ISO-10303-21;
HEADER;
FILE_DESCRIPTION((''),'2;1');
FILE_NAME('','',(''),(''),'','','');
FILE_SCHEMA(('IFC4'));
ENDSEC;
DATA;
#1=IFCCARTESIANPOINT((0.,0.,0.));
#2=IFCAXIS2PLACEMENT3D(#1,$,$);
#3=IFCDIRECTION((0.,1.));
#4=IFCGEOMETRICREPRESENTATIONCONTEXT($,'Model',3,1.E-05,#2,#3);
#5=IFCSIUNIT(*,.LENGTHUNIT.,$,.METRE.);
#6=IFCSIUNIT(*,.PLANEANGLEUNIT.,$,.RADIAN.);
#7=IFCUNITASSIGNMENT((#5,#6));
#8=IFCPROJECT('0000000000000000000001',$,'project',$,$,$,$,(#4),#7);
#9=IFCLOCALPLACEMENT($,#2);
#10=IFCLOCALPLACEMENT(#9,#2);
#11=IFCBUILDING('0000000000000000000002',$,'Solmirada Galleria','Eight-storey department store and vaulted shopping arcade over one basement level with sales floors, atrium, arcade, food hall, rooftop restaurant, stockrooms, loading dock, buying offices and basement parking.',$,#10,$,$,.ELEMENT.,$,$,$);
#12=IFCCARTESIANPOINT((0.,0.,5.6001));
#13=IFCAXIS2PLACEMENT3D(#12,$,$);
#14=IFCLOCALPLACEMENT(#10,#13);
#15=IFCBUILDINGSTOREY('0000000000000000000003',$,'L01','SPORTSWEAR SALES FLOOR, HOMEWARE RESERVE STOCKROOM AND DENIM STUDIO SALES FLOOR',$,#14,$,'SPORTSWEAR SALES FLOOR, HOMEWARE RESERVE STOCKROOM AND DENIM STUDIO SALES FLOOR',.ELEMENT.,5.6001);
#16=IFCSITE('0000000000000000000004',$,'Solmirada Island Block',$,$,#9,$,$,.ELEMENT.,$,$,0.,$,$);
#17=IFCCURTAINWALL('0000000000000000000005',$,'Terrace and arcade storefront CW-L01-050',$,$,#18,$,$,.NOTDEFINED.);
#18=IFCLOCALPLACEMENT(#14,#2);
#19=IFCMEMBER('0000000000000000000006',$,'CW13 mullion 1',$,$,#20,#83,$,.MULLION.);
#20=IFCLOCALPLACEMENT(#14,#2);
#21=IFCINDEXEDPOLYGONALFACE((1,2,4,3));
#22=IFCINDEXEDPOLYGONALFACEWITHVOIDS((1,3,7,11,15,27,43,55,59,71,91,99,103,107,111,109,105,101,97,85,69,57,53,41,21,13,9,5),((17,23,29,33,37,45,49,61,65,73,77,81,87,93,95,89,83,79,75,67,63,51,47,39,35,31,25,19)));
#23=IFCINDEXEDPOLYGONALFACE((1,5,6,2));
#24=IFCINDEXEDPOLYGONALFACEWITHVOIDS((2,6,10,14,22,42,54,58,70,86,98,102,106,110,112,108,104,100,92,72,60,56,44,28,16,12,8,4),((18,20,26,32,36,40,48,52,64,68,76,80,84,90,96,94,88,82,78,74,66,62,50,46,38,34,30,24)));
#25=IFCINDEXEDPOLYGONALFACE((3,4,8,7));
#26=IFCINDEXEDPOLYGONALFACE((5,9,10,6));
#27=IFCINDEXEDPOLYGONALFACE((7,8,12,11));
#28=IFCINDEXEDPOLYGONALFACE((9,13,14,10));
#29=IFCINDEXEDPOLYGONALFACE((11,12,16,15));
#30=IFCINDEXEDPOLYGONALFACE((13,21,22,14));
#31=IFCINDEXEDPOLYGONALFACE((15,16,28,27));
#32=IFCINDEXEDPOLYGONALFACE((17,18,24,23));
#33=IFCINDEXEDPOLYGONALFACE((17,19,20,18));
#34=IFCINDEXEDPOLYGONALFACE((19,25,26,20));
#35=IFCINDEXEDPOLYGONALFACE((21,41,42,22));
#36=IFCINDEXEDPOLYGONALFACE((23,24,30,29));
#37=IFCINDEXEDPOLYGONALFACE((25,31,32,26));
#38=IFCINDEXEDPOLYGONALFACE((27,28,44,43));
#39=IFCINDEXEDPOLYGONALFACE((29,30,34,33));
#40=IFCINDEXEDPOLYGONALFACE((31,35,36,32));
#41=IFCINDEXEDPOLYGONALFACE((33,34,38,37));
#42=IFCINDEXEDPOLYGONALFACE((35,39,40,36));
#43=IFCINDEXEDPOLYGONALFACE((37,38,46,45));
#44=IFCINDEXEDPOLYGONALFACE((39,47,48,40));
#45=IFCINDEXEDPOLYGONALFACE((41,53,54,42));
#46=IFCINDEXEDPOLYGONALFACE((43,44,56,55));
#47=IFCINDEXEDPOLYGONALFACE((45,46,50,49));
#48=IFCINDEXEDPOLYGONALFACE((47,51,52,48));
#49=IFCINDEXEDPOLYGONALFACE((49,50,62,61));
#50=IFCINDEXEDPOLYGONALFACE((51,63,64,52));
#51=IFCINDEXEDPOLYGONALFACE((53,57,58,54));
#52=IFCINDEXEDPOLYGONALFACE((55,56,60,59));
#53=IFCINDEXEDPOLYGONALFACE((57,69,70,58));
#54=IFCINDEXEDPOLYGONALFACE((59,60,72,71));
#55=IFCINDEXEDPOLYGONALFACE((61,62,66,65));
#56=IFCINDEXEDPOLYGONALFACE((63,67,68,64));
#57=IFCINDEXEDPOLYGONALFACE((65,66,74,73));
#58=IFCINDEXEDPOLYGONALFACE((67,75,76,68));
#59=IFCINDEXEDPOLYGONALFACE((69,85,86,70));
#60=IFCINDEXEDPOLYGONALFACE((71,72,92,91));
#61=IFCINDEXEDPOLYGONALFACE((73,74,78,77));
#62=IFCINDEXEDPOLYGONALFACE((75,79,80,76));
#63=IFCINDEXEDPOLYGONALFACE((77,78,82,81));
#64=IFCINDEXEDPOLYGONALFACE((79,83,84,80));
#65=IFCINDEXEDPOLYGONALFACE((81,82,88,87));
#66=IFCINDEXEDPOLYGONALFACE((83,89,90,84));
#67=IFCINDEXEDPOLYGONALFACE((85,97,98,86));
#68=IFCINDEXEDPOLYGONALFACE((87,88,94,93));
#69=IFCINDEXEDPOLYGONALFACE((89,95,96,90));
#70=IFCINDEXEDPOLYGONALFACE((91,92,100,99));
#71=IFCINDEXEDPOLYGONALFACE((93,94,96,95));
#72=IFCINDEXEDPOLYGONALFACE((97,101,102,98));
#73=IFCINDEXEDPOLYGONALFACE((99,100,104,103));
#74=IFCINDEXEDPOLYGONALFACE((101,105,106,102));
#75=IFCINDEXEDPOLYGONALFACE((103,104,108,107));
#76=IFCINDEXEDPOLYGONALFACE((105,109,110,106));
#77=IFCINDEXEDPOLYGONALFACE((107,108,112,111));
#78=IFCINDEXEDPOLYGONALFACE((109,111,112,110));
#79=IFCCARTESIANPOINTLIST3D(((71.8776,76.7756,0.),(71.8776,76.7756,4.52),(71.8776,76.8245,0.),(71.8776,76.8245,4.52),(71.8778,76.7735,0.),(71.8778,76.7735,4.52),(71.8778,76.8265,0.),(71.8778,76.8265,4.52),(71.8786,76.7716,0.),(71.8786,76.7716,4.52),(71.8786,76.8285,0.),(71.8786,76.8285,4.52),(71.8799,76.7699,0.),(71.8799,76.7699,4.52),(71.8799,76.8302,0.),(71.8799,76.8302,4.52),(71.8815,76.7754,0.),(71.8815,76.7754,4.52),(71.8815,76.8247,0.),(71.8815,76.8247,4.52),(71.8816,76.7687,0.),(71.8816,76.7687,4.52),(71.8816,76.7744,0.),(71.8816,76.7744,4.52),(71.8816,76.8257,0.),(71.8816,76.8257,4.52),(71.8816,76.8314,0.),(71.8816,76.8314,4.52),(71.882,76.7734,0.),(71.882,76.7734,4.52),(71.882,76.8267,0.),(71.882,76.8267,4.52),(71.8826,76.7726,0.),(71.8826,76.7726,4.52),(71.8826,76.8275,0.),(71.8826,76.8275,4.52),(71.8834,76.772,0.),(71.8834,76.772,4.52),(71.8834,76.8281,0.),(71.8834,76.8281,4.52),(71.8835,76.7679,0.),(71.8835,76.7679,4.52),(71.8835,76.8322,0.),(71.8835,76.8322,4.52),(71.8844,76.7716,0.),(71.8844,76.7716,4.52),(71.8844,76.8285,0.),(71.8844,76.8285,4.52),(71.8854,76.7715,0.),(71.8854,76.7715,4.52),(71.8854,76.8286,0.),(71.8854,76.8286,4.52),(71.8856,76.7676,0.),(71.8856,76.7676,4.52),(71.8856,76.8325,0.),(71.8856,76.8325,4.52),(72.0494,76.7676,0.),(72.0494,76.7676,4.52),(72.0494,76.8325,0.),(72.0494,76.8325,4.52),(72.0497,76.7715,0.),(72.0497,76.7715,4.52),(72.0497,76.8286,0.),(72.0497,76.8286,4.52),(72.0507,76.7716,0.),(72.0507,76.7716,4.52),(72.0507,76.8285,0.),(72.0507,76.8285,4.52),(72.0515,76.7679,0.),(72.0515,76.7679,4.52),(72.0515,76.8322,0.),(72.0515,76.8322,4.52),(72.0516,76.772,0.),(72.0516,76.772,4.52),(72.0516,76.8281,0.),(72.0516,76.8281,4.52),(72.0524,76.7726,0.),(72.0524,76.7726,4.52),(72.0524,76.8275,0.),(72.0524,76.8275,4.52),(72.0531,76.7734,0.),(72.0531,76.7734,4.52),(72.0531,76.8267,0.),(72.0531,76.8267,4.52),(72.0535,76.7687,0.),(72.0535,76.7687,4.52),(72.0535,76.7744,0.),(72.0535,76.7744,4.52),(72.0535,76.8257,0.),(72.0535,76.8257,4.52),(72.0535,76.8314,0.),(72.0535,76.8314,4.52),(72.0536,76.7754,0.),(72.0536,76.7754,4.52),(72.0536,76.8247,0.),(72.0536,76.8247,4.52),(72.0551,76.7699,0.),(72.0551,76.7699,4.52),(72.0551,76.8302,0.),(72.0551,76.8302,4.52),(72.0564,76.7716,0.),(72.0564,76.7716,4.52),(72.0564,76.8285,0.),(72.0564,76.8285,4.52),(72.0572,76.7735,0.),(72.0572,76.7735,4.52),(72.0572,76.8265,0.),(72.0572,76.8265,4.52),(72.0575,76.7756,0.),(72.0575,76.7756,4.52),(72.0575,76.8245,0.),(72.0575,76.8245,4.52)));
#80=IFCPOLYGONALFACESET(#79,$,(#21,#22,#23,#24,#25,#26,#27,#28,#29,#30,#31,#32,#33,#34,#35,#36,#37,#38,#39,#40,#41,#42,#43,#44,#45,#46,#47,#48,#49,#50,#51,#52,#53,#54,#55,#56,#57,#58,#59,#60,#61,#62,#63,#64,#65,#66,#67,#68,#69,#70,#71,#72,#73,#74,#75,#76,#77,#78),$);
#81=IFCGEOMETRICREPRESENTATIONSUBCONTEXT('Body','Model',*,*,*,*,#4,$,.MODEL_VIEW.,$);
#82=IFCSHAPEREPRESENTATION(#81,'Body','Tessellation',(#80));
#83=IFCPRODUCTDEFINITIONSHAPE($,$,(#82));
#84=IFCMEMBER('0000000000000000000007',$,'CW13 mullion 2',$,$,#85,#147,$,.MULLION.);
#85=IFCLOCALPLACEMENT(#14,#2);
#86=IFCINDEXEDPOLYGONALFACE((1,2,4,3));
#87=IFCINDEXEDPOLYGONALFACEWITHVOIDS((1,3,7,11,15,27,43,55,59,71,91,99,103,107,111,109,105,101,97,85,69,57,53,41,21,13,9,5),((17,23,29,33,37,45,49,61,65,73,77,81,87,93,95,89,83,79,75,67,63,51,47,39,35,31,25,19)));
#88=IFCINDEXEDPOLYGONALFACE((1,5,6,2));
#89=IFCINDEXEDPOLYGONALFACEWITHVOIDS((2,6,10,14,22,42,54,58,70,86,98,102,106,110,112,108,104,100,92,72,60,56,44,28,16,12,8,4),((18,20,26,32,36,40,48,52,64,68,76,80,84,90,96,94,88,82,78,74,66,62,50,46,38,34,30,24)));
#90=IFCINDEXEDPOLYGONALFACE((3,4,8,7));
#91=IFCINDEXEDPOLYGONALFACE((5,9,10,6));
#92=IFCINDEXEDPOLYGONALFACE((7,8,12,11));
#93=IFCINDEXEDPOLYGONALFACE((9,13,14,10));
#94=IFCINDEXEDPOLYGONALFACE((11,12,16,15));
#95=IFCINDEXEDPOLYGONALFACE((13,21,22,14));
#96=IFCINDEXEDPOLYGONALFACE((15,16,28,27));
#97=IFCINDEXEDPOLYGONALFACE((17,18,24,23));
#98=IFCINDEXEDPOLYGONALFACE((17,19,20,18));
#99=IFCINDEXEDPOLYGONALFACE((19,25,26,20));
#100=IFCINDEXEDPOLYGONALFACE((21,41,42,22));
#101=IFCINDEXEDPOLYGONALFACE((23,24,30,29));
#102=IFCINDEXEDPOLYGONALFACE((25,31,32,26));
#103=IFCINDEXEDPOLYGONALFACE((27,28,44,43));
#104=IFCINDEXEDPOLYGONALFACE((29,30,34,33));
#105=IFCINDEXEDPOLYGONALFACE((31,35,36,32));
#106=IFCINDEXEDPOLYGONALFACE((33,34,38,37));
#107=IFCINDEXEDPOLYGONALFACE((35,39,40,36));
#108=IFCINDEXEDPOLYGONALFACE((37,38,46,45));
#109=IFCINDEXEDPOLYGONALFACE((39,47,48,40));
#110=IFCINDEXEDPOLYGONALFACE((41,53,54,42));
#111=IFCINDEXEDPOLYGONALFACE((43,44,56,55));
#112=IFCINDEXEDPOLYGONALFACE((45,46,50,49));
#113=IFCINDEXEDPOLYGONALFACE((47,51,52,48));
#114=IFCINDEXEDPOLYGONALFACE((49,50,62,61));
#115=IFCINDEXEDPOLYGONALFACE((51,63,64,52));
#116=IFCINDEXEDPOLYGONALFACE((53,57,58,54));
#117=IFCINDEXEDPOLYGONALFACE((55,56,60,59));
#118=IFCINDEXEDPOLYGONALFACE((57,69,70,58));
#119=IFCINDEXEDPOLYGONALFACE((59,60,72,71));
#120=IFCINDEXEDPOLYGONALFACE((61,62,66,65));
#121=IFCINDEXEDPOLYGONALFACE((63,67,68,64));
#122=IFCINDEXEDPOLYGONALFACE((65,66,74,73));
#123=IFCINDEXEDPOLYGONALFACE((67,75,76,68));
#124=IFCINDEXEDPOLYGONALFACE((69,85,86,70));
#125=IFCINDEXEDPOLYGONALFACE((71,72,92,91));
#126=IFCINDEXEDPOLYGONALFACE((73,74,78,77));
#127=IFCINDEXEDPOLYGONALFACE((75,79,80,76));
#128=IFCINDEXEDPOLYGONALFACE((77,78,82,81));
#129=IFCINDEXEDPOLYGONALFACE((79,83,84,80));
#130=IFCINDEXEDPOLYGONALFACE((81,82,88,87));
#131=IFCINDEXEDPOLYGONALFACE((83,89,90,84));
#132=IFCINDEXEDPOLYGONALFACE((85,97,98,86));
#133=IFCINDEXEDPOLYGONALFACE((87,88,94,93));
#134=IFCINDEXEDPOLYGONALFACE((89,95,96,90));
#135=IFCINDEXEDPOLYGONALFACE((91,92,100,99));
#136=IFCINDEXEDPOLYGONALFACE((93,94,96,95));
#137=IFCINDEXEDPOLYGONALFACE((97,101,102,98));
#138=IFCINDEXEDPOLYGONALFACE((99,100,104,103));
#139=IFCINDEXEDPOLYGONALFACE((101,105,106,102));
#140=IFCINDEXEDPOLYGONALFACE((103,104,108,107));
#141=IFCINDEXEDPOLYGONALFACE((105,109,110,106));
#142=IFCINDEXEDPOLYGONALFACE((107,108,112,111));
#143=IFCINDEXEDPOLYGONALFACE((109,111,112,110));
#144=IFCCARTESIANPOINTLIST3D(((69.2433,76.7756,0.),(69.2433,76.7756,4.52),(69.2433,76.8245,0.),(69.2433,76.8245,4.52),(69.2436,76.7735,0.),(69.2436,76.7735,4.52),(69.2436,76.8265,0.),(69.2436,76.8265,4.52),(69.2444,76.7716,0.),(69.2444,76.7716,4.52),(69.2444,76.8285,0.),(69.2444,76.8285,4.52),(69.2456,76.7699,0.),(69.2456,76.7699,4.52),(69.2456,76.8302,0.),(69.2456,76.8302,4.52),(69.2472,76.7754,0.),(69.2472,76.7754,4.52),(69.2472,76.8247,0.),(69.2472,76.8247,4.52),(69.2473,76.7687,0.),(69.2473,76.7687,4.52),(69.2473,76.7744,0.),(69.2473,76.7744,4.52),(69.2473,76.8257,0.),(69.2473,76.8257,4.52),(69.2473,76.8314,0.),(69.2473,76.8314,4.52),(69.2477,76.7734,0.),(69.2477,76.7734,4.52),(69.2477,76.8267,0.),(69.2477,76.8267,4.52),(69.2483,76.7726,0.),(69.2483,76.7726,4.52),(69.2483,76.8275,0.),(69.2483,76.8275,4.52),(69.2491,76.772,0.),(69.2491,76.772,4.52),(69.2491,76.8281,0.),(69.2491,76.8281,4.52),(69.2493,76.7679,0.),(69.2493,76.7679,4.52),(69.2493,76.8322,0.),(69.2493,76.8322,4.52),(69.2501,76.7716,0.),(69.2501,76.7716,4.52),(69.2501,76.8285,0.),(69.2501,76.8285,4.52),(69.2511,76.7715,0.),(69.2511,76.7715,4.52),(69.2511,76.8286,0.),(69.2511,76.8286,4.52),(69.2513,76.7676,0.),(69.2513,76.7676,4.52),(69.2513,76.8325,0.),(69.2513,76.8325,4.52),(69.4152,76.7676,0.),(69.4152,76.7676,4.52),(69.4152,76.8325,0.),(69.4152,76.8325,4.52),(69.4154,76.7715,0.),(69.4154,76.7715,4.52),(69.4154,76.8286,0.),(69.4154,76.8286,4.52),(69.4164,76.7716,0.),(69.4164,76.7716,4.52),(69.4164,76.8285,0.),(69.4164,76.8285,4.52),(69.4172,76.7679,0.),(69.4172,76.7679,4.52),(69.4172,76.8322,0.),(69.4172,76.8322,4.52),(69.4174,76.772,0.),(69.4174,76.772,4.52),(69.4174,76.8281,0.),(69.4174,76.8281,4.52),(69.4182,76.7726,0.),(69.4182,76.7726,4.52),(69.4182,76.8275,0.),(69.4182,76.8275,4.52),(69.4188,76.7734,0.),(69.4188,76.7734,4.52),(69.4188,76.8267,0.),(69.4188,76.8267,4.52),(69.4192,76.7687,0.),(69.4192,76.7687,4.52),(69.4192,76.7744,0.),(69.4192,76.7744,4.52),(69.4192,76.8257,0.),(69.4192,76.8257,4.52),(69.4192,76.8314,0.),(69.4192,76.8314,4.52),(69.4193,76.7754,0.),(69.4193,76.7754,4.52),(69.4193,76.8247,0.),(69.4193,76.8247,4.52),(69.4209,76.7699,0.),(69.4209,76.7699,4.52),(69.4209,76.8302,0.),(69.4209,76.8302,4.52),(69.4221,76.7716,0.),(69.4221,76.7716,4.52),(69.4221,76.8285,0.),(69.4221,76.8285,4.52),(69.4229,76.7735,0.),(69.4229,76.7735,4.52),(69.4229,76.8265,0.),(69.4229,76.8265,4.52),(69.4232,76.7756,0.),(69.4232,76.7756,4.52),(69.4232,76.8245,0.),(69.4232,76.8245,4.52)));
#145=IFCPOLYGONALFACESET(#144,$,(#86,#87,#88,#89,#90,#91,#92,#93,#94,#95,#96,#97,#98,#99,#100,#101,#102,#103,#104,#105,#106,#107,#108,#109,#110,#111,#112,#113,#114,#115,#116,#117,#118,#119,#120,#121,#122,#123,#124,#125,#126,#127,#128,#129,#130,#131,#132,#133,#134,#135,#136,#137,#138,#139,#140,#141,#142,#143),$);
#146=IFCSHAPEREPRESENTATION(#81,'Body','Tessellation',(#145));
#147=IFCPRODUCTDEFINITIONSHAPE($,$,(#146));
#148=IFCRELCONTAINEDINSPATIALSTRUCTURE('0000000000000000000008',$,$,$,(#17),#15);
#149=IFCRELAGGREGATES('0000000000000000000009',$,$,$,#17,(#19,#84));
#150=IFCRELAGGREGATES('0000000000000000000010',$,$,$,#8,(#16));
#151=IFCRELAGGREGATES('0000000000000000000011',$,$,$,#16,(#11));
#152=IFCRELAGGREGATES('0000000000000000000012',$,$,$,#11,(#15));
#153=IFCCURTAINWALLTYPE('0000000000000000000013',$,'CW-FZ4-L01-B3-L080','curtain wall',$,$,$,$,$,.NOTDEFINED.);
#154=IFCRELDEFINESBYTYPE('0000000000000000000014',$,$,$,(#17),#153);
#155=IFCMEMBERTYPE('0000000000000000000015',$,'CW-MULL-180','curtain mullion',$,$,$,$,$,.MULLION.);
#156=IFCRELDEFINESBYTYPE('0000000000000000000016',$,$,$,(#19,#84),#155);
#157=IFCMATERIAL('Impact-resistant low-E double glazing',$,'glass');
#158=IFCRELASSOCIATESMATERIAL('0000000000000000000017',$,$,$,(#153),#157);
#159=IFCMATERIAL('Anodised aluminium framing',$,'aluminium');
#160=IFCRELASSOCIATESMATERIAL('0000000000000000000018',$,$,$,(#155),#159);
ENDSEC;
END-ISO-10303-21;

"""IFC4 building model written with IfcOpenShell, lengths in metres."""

from ifc_helpers import new_model, si_unit, direction, frame, origin, origin_2d, place, context, subcontext, project, spatial, hollow_rectangle, extrude, material, material_profile, profile_set, type_object, element, aggregate, save


model = new_model("IFC4")

# Units and contexts
model_context = context("Model", 3, precision=1e-05, world=origin(), true_north=direction((0.0, 1.0)))
body_context = subcontext(model_context, "Body", "Model", "MODEL_VIEW")
ifc_project = project(units=[si_unit("LENGTHUNIT", "METRE"), si_unit("PLANEANGLEUNIT", "RADIAN")], contexts=[model_context])

# Site, building, storey
site_placement = place(None, origin())
site = spatial("IfcSite", under=ifc_project, at=site_placement, Name="Solmirada Island Block", CompositionType="ELEMENT", RefElevation=0.0)
building_placement = place(site_placement, origin())
building = spatial("IfcBuilding", under=site, at=building_placement, Name="Solmirada Galleria", Description="Eight-storey department store and vaulted shopping arcade over one basement level with sales floors, atrium, arcade, food hall, rooftop restaurant, stockrooms, loading dock, buying offices and basement parking.", CompositionType="ELEMENT")
storey_placement = place(building_placement, frame((0.0, 0.0, 5.6001)))
storey = spatial("IfcBuildingStorey", under=building, at=storey_placement, Name="L01", Description="SPORTSWEAR SALES FLOOR, HOMEWARE RESERVE STOCKROOM AND DENIM STUDIO SALES FLOOR", LongName="SPORTSWEAR SALES FLOOR, HOMEWARE RESERVE STOCKROOM AND DENIM STUDIO SALES FLOOR", CompositionType="ELEMENT", Elevation=5.6001)

# Curtain wall, members
ifc_material_1 = material(Name="Impact-resistant low-E double glazing", Category="glass")
curtain_wall_type = type_object("IfcCurtainWallType", Name="CW-FZ4-L01-B3-L080", Description="curtain wall", PredefinedType="NOTDEFINED", material=ifc_material_1)
ifc_material_2 = material(Name="Anodised aluminium framing", Category="aluminium")
ifc_material_profile_1 = material_profile(ifc_material_2, hollow_rectangle(XDim=0.0649, YDim=0.1799, WallThickness=0.0039, InnerFilletRadius=0.0039, OuterFilletRadius=0.0081, at=origin_2d()), Name="ALU-MULL-180X65")
ifc_profile_set_1 = profile_set([ifc_material_profile_1], Name="Anodised aluminium framing")
member_type_1 = type_object("IfcMemberType", Name="CW-MULL-180", Description="curtain mullion", PredefinedType="MULLION", material=ifc_profile_set_1)
curtain_wall_1_placement = place(storey_placement, origin())
curtain_wall_1 = element("IfcCurtainWall", 1, at=curtain_wall_1_placement, inside=storey, type_object=curtain_wall_type, Name="Terrace and arcade storefront CW-L01-050", PredefinedType="NOTDEFINED")
member_1_placement = place(storey_placement, frame((71.9675, 76.8, 0.0), z_axis=(0.0, 0.0, 1.0), x_axis=(0.0, -1.0, 0.0)))
member_1 = element("IfcMember", 2, at=member_1_placement, type_object=member_type_1, Name="CW13 mullion 1", PredefinedType="MULLION", context=body_context, shape_type="SweptSolid", body=[
    extrude(hollow_rectangle(XDim=0.0649, YDim=0.1799, WallThickness=0.0039, InnerFilletRadius=0.0039, OuterFilletRadius=0.0081, at=origin_2d()), origin(), (0.0, 0.0, 1.0), 4.52),
])
member_2_placement = place(storey_placement, frame((69.3333, 76.8, 0.0), z_axis=(0.0, 0.0, 1.0), x_axis=(0.0, -1.0, 0.0)))
member_2 = element("IfcMember", 3, at=member_2_placement, type_object=member_type_1, Name="CW13 mullion 2", PredefinedType="MULLION", context=body_context, shape_type="SweptSolid", body=[
    extrude(hollow_rectangle(XDim=0.0649, YDim=0.1799, WallThickness=0.0039, InnerFilletRadius=0.0039, OuterFilletRadius=0.0081, at=origin_2d()), origin(), (0.0, 0.0, 1.0), 4.52),
])

aggregate(curtain_wall_1, [member_1, member_2])

save(model, "model.ifc")
